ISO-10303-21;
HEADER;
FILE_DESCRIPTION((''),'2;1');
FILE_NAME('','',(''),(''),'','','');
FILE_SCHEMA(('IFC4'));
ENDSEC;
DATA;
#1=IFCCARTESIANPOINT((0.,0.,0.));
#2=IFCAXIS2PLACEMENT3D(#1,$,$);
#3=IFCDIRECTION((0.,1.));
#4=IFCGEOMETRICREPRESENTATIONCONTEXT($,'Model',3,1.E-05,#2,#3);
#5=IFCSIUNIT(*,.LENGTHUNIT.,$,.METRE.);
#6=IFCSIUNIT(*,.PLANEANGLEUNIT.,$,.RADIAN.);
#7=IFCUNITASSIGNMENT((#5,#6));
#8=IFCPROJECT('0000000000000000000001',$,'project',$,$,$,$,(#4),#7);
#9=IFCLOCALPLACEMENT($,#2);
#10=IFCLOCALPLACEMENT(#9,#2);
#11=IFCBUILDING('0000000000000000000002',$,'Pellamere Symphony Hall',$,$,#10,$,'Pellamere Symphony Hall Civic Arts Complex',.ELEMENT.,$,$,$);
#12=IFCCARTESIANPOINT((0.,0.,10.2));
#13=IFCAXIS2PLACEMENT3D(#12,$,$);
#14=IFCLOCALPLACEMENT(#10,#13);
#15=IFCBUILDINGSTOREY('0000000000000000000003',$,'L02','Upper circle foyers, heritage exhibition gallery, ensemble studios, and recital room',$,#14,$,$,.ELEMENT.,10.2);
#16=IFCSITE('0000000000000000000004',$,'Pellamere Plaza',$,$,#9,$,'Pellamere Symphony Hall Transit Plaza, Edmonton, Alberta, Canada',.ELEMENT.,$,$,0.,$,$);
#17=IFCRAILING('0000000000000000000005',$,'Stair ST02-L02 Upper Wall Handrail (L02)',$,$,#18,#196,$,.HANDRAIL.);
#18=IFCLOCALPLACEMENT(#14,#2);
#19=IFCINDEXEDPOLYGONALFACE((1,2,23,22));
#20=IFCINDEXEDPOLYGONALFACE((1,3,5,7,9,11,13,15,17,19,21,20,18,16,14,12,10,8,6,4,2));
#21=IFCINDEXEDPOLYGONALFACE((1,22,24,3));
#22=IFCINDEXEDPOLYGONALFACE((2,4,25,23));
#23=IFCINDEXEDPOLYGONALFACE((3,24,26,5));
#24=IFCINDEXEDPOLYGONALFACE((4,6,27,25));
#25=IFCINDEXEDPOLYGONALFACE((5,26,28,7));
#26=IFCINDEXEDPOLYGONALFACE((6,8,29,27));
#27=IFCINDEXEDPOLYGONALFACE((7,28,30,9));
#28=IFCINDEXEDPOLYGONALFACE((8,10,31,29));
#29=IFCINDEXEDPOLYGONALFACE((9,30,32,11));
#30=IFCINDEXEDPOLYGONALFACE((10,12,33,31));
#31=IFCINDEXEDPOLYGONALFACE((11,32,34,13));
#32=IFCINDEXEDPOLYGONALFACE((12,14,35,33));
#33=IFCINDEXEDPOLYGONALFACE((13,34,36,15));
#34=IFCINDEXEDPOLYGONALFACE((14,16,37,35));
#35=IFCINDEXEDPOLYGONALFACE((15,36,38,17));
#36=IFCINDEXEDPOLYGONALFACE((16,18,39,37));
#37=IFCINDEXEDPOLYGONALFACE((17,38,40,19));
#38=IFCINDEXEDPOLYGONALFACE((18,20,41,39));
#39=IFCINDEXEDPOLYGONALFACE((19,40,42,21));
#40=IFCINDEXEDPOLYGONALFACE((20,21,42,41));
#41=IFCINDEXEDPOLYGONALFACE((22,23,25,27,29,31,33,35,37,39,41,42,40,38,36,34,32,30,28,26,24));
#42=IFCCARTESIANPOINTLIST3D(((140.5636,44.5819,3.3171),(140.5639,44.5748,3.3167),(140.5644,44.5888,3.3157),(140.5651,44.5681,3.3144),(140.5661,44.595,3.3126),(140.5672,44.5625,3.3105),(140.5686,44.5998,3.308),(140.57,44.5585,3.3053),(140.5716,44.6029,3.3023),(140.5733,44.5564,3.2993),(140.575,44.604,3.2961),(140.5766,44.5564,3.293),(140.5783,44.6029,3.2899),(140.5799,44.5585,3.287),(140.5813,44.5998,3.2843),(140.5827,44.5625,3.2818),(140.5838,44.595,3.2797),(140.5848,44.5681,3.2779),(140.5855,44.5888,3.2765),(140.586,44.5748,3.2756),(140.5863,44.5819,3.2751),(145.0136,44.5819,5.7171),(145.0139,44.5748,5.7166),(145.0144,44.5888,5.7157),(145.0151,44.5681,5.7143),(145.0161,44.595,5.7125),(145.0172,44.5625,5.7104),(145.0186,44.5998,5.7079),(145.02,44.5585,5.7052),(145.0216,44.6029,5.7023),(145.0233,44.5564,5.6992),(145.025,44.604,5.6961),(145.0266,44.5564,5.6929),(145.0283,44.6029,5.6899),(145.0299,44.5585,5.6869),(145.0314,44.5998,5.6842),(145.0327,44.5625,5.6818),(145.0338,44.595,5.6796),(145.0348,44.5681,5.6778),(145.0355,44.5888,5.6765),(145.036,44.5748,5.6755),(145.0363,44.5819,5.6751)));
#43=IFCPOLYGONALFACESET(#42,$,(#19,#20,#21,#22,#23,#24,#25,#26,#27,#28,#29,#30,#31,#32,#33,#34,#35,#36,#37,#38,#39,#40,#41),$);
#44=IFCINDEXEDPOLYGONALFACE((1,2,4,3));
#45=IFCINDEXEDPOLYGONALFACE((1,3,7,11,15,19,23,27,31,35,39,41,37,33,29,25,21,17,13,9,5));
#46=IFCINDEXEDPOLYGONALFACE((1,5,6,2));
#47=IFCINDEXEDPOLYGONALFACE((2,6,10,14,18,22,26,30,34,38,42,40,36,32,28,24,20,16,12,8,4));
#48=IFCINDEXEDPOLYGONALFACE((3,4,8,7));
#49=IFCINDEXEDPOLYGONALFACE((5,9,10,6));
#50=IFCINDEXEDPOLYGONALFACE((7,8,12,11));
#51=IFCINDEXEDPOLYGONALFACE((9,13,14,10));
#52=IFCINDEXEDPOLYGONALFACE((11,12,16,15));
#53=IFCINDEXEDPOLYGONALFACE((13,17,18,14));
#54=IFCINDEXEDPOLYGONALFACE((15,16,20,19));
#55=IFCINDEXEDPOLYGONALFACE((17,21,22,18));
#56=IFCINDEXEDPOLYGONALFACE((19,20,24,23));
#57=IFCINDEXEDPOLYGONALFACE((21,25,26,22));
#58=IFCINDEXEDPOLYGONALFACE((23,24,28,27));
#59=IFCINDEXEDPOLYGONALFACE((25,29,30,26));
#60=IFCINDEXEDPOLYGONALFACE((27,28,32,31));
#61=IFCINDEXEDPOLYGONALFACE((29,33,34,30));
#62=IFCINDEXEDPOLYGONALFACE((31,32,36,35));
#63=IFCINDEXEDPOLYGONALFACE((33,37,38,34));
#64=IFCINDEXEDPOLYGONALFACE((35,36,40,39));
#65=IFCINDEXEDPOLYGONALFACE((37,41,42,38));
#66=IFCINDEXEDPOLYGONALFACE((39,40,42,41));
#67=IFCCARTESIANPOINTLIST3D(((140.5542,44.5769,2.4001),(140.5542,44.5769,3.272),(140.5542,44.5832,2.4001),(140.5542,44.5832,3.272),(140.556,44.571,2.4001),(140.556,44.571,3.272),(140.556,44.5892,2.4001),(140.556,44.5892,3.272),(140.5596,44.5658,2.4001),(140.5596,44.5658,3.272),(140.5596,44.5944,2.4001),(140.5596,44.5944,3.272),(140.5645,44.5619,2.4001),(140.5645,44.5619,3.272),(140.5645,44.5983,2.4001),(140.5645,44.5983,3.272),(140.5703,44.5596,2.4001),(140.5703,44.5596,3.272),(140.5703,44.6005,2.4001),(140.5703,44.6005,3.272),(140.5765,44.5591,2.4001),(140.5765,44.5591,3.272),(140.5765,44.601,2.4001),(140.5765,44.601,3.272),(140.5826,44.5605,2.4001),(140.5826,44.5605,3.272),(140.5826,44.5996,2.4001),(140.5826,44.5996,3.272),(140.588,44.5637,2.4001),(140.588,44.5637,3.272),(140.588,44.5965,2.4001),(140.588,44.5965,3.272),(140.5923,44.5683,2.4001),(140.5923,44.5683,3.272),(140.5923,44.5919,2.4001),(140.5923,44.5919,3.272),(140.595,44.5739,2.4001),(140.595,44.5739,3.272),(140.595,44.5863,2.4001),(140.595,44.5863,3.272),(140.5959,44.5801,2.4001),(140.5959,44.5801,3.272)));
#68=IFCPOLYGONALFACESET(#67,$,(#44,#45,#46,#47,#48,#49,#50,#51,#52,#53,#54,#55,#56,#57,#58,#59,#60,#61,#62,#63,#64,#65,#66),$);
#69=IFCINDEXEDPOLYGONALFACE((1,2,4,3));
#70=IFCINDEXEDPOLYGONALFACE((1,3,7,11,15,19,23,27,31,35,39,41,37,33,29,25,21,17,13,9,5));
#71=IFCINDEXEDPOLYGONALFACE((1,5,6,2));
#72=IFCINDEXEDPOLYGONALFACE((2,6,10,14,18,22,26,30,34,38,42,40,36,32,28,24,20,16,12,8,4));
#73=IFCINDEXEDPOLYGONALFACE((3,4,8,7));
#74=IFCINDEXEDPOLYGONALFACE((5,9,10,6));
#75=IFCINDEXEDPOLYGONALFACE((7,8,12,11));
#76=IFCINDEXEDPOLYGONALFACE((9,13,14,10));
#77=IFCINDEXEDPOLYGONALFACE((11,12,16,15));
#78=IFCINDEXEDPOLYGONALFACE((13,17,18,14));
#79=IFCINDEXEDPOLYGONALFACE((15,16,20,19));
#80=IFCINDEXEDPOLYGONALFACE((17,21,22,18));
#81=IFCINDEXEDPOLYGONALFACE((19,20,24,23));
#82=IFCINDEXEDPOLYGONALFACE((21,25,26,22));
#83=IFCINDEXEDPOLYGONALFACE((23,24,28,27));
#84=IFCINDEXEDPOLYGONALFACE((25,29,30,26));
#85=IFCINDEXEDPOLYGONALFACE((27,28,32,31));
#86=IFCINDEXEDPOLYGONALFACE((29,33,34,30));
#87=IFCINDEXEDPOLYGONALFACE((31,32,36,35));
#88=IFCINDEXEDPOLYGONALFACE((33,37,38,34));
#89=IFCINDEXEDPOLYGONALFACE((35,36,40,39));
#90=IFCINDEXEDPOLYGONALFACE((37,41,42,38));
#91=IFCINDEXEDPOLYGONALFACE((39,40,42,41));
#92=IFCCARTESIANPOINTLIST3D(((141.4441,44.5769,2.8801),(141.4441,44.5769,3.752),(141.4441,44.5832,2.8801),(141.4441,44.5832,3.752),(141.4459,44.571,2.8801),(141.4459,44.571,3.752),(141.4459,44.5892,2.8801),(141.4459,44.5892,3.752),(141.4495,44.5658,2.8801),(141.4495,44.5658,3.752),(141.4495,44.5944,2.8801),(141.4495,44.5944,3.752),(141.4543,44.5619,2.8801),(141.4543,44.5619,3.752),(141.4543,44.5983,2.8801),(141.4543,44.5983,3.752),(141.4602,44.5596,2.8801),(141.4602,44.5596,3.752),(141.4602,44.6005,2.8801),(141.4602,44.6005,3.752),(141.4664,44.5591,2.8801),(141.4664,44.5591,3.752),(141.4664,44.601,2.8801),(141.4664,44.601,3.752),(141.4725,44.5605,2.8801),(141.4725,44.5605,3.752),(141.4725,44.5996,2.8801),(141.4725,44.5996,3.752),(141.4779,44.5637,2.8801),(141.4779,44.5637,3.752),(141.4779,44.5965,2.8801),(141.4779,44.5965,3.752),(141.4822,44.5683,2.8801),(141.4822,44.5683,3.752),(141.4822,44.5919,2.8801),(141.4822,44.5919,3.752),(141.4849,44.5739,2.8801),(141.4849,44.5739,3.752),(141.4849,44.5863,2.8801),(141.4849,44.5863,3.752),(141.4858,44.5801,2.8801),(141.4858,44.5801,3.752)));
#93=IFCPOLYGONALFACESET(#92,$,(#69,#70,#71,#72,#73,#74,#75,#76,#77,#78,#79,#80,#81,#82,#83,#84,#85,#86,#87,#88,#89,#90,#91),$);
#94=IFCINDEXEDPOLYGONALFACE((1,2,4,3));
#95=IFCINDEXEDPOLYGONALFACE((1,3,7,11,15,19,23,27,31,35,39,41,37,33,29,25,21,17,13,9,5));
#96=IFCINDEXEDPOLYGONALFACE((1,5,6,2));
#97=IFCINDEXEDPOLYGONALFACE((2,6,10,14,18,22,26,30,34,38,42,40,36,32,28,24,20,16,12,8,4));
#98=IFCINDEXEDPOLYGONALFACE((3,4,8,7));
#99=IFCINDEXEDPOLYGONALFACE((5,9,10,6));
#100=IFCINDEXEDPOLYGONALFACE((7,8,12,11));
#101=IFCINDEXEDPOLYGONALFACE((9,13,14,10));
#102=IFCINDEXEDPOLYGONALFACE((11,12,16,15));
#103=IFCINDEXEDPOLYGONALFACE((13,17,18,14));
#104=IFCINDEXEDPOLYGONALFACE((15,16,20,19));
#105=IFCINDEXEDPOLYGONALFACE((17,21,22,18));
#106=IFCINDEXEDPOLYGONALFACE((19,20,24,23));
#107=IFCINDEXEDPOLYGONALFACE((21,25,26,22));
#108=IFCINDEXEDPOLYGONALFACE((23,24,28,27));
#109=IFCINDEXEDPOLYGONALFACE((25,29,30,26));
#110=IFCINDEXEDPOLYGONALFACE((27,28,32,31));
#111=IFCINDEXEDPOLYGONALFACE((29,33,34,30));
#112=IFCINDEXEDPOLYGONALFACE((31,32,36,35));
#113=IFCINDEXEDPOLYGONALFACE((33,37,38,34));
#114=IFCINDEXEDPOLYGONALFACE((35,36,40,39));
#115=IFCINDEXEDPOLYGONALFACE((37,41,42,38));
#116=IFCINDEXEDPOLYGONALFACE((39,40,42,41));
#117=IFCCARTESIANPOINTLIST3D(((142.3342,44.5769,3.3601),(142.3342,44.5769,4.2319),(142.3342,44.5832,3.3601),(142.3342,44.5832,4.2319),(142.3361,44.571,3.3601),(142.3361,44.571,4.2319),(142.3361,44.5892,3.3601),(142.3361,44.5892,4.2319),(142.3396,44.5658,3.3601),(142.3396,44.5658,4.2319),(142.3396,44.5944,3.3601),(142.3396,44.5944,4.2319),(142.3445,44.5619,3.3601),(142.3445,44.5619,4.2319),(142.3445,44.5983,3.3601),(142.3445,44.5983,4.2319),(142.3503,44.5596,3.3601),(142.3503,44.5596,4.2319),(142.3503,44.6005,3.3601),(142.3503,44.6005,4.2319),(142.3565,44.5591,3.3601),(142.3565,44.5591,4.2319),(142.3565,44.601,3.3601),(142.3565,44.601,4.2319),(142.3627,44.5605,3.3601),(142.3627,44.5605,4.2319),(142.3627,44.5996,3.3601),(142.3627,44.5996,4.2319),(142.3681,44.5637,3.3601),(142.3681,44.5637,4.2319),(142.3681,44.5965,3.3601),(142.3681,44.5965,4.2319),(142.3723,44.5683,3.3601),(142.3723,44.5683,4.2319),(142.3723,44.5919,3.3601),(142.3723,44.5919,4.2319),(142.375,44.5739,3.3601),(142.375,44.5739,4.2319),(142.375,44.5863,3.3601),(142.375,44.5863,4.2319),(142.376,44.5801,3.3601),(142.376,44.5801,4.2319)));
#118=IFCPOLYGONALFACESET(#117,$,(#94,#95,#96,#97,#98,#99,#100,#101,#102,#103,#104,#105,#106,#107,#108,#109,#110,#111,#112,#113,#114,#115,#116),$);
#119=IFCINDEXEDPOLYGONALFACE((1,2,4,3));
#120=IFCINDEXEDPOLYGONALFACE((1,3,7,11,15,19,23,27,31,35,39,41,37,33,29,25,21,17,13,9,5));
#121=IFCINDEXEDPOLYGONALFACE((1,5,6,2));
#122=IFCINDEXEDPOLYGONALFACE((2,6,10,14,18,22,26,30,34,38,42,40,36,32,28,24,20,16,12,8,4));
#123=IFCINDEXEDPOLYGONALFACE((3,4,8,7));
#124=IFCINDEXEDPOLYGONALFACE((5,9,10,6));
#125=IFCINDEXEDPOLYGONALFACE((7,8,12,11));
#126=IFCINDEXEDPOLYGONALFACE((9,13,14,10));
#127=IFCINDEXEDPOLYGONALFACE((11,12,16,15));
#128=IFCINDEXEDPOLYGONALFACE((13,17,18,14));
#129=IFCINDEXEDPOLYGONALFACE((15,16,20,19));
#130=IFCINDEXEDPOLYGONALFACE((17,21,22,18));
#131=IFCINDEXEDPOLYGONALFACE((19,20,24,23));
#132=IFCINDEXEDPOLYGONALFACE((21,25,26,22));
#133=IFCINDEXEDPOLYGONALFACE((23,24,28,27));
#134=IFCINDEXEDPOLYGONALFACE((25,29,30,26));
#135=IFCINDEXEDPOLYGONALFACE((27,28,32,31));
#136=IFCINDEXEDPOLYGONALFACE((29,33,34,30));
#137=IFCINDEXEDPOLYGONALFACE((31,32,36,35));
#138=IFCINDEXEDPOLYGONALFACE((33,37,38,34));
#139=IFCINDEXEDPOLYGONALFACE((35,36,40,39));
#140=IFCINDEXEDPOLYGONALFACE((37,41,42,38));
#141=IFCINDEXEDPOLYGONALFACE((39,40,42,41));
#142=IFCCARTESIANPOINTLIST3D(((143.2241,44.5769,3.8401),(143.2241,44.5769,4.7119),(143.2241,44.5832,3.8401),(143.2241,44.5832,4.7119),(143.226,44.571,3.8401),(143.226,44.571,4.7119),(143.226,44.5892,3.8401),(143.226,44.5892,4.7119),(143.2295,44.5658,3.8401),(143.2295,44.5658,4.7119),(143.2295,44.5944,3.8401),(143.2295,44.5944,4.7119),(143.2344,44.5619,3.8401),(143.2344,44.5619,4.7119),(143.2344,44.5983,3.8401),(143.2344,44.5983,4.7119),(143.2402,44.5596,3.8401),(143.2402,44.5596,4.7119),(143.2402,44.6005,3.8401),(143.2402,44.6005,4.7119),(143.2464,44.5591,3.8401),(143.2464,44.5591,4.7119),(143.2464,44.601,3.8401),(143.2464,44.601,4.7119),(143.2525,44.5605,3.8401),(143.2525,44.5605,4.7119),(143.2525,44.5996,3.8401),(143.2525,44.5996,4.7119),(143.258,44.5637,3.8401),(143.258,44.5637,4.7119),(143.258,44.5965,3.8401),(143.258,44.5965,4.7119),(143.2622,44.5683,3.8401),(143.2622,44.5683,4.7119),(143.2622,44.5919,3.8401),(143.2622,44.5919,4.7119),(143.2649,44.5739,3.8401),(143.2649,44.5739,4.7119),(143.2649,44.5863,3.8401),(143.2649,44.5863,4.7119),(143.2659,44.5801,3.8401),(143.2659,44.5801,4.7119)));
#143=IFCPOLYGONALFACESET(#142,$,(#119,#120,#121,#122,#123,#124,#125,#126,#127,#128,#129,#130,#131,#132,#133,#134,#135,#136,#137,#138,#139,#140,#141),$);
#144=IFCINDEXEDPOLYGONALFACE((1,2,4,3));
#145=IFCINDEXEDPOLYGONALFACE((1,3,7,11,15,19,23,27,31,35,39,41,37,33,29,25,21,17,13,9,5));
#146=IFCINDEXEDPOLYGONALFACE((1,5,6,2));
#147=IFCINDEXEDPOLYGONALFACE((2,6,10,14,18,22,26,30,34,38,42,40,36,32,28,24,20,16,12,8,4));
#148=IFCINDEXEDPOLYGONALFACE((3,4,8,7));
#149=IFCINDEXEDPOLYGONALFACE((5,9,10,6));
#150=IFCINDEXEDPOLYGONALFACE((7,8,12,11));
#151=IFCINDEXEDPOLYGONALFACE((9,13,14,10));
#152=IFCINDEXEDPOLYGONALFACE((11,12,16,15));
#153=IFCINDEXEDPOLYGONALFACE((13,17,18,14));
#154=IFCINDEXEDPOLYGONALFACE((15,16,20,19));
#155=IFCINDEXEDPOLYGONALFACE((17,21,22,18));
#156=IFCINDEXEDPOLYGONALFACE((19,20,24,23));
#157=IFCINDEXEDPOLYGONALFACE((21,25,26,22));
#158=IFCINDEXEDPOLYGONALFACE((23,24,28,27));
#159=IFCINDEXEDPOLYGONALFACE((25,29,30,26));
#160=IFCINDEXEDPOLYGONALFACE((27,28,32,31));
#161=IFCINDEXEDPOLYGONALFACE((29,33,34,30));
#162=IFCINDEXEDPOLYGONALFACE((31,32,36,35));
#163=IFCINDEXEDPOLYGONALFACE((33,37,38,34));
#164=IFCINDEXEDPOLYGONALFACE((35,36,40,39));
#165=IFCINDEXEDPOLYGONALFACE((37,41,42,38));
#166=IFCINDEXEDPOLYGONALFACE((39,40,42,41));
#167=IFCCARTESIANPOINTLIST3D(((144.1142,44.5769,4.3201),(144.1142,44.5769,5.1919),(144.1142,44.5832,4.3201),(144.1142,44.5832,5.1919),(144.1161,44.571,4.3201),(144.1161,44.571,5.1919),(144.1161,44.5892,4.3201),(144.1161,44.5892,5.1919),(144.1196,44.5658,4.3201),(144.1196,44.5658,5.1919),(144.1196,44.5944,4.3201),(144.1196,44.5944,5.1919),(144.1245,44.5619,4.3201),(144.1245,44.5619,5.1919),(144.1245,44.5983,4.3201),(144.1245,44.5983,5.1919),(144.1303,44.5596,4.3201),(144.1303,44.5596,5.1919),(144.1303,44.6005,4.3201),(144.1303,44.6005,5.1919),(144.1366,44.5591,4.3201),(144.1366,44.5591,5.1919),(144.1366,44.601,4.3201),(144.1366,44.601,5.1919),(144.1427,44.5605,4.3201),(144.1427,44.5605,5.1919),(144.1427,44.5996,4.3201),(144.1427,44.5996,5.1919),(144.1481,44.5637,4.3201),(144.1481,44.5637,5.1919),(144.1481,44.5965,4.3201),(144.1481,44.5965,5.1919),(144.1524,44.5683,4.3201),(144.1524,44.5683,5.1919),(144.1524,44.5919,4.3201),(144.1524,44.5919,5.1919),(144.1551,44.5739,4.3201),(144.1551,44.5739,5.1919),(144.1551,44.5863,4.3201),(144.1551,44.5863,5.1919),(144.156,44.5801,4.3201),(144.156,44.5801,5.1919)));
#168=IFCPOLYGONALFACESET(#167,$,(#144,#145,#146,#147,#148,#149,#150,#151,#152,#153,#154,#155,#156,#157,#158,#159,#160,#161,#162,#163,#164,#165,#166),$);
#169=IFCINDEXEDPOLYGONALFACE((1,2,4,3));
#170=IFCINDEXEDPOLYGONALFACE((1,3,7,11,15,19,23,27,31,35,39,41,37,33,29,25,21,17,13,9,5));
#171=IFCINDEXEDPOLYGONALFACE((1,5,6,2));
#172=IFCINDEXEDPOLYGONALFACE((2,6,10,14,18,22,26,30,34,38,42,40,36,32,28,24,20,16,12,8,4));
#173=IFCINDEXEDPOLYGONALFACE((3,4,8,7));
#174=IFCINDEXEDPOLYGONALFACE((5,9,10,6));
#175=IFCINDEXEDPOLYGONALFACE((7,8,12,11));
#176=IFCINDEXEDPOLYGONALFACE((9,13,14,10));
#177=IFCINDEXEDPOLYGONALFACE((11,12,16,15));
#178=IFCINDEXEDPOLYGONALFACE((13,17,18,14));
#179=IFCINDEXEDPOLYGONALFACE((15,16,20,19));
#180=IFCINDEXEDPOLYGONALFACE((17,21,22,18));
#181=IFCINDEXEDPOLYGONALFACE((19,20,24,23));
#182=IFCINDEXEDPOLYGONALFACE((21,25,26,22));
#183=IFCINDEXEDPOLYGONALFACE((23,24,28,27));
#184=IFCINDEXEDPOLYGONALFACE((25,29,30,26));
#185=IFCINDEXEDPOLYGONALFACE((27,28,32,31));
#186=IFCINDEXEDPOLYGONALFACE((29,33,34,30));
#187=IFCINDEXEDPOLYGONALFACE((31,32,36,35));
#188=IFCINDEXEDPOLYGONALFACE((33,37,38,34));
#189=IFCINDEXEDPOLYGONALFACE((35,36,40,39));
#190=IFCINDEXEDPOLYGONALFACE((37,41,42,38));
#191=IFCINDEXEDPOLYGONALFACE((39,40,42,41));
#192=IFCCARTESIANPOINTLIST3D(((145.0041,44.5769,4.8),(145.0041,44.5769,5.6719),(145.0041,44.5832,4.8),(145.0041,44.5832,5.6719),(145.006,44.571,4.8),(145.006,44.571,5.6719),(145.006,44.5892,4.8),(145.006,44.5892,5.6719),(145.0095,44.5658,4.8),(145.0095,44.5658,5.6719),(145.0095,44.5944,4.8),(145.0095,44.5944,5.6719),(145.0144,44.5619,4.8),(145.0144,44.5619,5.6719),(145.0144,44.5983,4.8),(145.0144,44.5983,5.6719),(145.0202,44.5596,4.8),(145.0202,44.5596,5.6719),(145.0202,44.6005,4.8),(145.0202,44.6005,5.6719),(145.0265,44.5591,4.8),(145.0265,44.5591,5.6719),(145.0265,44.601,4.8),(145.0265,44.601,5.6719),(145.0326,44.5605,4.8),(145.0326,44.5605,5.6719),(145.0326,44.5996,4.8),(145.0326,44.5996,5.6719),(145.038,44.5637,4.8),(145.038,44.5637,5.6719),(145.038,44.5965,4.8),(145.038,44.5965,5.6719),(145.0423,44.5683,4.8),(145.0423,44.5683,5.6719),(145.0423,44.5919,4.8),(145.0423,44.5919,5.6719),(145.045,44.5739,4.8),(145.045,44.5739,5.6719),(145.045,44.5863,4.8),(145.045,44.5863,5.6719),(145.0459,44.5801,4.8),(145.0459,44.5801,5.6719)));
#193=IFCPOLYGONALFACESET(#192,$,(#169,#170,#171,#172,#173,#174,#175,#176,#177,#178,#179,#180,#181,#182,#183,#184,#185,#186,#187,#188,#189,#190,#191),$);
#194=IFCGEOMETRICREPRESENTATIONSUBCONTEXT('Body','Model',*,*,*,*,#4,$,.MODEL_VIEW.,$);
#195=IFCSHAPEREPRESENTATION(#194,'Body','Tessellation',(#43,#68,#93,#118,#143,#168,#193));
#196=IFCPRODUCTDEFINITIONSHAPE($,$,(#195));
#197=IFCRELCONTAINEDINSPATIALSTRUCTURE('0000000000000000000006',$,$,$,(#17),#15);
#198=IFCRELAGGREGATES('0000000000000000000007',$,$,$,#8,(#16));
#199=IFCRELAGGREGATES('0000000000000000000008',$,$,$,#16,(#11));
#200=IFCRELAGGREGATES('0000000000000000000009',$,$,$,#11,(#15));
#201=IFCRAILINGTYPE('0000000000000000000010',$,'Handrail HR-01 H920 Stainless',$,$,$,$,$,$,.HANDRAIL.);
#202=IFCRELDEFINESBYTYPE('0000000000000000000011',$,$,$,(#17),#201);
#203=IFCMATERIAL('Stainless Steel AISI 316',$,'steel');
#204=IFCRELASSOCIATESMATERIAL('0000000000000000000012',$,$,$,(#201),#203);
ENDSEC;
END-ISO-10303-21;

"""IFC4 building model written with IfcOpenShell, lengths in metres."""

from ifc_helpers import new_model, si_unit, direction, frame, origin, origin_2d, place, context, subcontext, project, spatial, circle, extrude, material, type_object, element, save


model = new_model("IFC4")

# Units and contexts
model_context = context("Model", 3, precision=1e-05, world=origin(), true_north=direction((0.0, 1.0)))
body_context = subcontext(model_context, "Body", "Model", "MODEL_VIEW")
ifc_project = project(units=[si_unit("LENGTHUNIT", "METRE"), si_unit("PLANEANGLEUNIT", "RADIAN")], contexts=[model_context])

# Site, building, storey
site_placement = place(None, origin())
site = spatial("IfcSite", under=ifc_project, at=site_placement, Name="Pellamere Plaza", LongName="Pellamere Symphony Hall Transit Plaza, Edmonton, Alberta, Canada", CompositionType="ELEMENT", RefElevation=0.0)
building_placement = place(site_placement, origin())
building = spatial("IfcBuilding", under=site, at=building_placement, Name="Pellamere Symphony Hall", LongName="Pellamere Symphony Hall Civic Arts Complex", CompositionType="ELEMENT")
storey_placement = place(building_placement, frame((0.0, 0.0, 10.2)))
storey = spatial("IfcBuildingStorey", under=building, at=storey_placement, Name="L02", Description="Upper circle foyers, heritage exhibition gallery, ensemble studios, and recital room", CompositionType="ELEMENT", Elevation=10.2)

# Railing
ifc_material_1 = material(Name="Stainless Steel AISI 316", Category="steel")
railing_type_1 = type_object("IfcRailingType", Name="Handrail HR-01 H920 Stainless", PredefinedType="HANDRAIL", material=ifc_material_1)
railing_1_placement = place(storey_placement, frame((140.575, 44.5801, 2.4001)))
element("IfcRailing", 1, at=railing_1_placement, inside=storey, type_object=railing_type_1, Name="Stair ST02-L02 Upper Wall Handrail (L02)", PredefinedType="HANDRAIL", context=body_context, shape_type="SweptSolid", body=[
    extrude(circle(Radius=0.0239, at=origin_2d()), frame((0.0, 0.0, 0.896), z_axis=(0.880159, 0.0, 0.474679), x_axis=(0.0, 1.0, 0.0)), (0.0, 0.0, 1.0), 5.0559),
    extrude(circle(Radius=0.021, at=origin_2d()), origin(), (0.0, 0.0, 1.0), 0.8718),
    extrude(circle(Radius=0.021, at=origin_2d()), frame((0.8899, 0.0, 0.48)), (0.0, 0.0, 1.0), 0.8718),
    extrude(circle(Radius=0.021, at=origin_2d()), frame((1.78, 0.0, 0.96)), (0.0, 0.0, 1.0), 0.8718),
    extrude(circle(Radius=0.021, at=origin_2d()), frame((2.6699, 0.0, 1.4399)), (0.0, 0.0, 1.0), 0.8718),
    extrude(circle(Radius=0.021, at=origin_2d()), frame((3.5601, 0.0, 1.9199)), (0.0, 0.0, 1.0), 0.8718),
    extrude(circle(Radius=0.021, at=origin_2d()), frame((4.45, 0.0, 2.3999)), (0.0, 0.0, 1.0), 0.8718),
])

save(model, "model.ifc")
